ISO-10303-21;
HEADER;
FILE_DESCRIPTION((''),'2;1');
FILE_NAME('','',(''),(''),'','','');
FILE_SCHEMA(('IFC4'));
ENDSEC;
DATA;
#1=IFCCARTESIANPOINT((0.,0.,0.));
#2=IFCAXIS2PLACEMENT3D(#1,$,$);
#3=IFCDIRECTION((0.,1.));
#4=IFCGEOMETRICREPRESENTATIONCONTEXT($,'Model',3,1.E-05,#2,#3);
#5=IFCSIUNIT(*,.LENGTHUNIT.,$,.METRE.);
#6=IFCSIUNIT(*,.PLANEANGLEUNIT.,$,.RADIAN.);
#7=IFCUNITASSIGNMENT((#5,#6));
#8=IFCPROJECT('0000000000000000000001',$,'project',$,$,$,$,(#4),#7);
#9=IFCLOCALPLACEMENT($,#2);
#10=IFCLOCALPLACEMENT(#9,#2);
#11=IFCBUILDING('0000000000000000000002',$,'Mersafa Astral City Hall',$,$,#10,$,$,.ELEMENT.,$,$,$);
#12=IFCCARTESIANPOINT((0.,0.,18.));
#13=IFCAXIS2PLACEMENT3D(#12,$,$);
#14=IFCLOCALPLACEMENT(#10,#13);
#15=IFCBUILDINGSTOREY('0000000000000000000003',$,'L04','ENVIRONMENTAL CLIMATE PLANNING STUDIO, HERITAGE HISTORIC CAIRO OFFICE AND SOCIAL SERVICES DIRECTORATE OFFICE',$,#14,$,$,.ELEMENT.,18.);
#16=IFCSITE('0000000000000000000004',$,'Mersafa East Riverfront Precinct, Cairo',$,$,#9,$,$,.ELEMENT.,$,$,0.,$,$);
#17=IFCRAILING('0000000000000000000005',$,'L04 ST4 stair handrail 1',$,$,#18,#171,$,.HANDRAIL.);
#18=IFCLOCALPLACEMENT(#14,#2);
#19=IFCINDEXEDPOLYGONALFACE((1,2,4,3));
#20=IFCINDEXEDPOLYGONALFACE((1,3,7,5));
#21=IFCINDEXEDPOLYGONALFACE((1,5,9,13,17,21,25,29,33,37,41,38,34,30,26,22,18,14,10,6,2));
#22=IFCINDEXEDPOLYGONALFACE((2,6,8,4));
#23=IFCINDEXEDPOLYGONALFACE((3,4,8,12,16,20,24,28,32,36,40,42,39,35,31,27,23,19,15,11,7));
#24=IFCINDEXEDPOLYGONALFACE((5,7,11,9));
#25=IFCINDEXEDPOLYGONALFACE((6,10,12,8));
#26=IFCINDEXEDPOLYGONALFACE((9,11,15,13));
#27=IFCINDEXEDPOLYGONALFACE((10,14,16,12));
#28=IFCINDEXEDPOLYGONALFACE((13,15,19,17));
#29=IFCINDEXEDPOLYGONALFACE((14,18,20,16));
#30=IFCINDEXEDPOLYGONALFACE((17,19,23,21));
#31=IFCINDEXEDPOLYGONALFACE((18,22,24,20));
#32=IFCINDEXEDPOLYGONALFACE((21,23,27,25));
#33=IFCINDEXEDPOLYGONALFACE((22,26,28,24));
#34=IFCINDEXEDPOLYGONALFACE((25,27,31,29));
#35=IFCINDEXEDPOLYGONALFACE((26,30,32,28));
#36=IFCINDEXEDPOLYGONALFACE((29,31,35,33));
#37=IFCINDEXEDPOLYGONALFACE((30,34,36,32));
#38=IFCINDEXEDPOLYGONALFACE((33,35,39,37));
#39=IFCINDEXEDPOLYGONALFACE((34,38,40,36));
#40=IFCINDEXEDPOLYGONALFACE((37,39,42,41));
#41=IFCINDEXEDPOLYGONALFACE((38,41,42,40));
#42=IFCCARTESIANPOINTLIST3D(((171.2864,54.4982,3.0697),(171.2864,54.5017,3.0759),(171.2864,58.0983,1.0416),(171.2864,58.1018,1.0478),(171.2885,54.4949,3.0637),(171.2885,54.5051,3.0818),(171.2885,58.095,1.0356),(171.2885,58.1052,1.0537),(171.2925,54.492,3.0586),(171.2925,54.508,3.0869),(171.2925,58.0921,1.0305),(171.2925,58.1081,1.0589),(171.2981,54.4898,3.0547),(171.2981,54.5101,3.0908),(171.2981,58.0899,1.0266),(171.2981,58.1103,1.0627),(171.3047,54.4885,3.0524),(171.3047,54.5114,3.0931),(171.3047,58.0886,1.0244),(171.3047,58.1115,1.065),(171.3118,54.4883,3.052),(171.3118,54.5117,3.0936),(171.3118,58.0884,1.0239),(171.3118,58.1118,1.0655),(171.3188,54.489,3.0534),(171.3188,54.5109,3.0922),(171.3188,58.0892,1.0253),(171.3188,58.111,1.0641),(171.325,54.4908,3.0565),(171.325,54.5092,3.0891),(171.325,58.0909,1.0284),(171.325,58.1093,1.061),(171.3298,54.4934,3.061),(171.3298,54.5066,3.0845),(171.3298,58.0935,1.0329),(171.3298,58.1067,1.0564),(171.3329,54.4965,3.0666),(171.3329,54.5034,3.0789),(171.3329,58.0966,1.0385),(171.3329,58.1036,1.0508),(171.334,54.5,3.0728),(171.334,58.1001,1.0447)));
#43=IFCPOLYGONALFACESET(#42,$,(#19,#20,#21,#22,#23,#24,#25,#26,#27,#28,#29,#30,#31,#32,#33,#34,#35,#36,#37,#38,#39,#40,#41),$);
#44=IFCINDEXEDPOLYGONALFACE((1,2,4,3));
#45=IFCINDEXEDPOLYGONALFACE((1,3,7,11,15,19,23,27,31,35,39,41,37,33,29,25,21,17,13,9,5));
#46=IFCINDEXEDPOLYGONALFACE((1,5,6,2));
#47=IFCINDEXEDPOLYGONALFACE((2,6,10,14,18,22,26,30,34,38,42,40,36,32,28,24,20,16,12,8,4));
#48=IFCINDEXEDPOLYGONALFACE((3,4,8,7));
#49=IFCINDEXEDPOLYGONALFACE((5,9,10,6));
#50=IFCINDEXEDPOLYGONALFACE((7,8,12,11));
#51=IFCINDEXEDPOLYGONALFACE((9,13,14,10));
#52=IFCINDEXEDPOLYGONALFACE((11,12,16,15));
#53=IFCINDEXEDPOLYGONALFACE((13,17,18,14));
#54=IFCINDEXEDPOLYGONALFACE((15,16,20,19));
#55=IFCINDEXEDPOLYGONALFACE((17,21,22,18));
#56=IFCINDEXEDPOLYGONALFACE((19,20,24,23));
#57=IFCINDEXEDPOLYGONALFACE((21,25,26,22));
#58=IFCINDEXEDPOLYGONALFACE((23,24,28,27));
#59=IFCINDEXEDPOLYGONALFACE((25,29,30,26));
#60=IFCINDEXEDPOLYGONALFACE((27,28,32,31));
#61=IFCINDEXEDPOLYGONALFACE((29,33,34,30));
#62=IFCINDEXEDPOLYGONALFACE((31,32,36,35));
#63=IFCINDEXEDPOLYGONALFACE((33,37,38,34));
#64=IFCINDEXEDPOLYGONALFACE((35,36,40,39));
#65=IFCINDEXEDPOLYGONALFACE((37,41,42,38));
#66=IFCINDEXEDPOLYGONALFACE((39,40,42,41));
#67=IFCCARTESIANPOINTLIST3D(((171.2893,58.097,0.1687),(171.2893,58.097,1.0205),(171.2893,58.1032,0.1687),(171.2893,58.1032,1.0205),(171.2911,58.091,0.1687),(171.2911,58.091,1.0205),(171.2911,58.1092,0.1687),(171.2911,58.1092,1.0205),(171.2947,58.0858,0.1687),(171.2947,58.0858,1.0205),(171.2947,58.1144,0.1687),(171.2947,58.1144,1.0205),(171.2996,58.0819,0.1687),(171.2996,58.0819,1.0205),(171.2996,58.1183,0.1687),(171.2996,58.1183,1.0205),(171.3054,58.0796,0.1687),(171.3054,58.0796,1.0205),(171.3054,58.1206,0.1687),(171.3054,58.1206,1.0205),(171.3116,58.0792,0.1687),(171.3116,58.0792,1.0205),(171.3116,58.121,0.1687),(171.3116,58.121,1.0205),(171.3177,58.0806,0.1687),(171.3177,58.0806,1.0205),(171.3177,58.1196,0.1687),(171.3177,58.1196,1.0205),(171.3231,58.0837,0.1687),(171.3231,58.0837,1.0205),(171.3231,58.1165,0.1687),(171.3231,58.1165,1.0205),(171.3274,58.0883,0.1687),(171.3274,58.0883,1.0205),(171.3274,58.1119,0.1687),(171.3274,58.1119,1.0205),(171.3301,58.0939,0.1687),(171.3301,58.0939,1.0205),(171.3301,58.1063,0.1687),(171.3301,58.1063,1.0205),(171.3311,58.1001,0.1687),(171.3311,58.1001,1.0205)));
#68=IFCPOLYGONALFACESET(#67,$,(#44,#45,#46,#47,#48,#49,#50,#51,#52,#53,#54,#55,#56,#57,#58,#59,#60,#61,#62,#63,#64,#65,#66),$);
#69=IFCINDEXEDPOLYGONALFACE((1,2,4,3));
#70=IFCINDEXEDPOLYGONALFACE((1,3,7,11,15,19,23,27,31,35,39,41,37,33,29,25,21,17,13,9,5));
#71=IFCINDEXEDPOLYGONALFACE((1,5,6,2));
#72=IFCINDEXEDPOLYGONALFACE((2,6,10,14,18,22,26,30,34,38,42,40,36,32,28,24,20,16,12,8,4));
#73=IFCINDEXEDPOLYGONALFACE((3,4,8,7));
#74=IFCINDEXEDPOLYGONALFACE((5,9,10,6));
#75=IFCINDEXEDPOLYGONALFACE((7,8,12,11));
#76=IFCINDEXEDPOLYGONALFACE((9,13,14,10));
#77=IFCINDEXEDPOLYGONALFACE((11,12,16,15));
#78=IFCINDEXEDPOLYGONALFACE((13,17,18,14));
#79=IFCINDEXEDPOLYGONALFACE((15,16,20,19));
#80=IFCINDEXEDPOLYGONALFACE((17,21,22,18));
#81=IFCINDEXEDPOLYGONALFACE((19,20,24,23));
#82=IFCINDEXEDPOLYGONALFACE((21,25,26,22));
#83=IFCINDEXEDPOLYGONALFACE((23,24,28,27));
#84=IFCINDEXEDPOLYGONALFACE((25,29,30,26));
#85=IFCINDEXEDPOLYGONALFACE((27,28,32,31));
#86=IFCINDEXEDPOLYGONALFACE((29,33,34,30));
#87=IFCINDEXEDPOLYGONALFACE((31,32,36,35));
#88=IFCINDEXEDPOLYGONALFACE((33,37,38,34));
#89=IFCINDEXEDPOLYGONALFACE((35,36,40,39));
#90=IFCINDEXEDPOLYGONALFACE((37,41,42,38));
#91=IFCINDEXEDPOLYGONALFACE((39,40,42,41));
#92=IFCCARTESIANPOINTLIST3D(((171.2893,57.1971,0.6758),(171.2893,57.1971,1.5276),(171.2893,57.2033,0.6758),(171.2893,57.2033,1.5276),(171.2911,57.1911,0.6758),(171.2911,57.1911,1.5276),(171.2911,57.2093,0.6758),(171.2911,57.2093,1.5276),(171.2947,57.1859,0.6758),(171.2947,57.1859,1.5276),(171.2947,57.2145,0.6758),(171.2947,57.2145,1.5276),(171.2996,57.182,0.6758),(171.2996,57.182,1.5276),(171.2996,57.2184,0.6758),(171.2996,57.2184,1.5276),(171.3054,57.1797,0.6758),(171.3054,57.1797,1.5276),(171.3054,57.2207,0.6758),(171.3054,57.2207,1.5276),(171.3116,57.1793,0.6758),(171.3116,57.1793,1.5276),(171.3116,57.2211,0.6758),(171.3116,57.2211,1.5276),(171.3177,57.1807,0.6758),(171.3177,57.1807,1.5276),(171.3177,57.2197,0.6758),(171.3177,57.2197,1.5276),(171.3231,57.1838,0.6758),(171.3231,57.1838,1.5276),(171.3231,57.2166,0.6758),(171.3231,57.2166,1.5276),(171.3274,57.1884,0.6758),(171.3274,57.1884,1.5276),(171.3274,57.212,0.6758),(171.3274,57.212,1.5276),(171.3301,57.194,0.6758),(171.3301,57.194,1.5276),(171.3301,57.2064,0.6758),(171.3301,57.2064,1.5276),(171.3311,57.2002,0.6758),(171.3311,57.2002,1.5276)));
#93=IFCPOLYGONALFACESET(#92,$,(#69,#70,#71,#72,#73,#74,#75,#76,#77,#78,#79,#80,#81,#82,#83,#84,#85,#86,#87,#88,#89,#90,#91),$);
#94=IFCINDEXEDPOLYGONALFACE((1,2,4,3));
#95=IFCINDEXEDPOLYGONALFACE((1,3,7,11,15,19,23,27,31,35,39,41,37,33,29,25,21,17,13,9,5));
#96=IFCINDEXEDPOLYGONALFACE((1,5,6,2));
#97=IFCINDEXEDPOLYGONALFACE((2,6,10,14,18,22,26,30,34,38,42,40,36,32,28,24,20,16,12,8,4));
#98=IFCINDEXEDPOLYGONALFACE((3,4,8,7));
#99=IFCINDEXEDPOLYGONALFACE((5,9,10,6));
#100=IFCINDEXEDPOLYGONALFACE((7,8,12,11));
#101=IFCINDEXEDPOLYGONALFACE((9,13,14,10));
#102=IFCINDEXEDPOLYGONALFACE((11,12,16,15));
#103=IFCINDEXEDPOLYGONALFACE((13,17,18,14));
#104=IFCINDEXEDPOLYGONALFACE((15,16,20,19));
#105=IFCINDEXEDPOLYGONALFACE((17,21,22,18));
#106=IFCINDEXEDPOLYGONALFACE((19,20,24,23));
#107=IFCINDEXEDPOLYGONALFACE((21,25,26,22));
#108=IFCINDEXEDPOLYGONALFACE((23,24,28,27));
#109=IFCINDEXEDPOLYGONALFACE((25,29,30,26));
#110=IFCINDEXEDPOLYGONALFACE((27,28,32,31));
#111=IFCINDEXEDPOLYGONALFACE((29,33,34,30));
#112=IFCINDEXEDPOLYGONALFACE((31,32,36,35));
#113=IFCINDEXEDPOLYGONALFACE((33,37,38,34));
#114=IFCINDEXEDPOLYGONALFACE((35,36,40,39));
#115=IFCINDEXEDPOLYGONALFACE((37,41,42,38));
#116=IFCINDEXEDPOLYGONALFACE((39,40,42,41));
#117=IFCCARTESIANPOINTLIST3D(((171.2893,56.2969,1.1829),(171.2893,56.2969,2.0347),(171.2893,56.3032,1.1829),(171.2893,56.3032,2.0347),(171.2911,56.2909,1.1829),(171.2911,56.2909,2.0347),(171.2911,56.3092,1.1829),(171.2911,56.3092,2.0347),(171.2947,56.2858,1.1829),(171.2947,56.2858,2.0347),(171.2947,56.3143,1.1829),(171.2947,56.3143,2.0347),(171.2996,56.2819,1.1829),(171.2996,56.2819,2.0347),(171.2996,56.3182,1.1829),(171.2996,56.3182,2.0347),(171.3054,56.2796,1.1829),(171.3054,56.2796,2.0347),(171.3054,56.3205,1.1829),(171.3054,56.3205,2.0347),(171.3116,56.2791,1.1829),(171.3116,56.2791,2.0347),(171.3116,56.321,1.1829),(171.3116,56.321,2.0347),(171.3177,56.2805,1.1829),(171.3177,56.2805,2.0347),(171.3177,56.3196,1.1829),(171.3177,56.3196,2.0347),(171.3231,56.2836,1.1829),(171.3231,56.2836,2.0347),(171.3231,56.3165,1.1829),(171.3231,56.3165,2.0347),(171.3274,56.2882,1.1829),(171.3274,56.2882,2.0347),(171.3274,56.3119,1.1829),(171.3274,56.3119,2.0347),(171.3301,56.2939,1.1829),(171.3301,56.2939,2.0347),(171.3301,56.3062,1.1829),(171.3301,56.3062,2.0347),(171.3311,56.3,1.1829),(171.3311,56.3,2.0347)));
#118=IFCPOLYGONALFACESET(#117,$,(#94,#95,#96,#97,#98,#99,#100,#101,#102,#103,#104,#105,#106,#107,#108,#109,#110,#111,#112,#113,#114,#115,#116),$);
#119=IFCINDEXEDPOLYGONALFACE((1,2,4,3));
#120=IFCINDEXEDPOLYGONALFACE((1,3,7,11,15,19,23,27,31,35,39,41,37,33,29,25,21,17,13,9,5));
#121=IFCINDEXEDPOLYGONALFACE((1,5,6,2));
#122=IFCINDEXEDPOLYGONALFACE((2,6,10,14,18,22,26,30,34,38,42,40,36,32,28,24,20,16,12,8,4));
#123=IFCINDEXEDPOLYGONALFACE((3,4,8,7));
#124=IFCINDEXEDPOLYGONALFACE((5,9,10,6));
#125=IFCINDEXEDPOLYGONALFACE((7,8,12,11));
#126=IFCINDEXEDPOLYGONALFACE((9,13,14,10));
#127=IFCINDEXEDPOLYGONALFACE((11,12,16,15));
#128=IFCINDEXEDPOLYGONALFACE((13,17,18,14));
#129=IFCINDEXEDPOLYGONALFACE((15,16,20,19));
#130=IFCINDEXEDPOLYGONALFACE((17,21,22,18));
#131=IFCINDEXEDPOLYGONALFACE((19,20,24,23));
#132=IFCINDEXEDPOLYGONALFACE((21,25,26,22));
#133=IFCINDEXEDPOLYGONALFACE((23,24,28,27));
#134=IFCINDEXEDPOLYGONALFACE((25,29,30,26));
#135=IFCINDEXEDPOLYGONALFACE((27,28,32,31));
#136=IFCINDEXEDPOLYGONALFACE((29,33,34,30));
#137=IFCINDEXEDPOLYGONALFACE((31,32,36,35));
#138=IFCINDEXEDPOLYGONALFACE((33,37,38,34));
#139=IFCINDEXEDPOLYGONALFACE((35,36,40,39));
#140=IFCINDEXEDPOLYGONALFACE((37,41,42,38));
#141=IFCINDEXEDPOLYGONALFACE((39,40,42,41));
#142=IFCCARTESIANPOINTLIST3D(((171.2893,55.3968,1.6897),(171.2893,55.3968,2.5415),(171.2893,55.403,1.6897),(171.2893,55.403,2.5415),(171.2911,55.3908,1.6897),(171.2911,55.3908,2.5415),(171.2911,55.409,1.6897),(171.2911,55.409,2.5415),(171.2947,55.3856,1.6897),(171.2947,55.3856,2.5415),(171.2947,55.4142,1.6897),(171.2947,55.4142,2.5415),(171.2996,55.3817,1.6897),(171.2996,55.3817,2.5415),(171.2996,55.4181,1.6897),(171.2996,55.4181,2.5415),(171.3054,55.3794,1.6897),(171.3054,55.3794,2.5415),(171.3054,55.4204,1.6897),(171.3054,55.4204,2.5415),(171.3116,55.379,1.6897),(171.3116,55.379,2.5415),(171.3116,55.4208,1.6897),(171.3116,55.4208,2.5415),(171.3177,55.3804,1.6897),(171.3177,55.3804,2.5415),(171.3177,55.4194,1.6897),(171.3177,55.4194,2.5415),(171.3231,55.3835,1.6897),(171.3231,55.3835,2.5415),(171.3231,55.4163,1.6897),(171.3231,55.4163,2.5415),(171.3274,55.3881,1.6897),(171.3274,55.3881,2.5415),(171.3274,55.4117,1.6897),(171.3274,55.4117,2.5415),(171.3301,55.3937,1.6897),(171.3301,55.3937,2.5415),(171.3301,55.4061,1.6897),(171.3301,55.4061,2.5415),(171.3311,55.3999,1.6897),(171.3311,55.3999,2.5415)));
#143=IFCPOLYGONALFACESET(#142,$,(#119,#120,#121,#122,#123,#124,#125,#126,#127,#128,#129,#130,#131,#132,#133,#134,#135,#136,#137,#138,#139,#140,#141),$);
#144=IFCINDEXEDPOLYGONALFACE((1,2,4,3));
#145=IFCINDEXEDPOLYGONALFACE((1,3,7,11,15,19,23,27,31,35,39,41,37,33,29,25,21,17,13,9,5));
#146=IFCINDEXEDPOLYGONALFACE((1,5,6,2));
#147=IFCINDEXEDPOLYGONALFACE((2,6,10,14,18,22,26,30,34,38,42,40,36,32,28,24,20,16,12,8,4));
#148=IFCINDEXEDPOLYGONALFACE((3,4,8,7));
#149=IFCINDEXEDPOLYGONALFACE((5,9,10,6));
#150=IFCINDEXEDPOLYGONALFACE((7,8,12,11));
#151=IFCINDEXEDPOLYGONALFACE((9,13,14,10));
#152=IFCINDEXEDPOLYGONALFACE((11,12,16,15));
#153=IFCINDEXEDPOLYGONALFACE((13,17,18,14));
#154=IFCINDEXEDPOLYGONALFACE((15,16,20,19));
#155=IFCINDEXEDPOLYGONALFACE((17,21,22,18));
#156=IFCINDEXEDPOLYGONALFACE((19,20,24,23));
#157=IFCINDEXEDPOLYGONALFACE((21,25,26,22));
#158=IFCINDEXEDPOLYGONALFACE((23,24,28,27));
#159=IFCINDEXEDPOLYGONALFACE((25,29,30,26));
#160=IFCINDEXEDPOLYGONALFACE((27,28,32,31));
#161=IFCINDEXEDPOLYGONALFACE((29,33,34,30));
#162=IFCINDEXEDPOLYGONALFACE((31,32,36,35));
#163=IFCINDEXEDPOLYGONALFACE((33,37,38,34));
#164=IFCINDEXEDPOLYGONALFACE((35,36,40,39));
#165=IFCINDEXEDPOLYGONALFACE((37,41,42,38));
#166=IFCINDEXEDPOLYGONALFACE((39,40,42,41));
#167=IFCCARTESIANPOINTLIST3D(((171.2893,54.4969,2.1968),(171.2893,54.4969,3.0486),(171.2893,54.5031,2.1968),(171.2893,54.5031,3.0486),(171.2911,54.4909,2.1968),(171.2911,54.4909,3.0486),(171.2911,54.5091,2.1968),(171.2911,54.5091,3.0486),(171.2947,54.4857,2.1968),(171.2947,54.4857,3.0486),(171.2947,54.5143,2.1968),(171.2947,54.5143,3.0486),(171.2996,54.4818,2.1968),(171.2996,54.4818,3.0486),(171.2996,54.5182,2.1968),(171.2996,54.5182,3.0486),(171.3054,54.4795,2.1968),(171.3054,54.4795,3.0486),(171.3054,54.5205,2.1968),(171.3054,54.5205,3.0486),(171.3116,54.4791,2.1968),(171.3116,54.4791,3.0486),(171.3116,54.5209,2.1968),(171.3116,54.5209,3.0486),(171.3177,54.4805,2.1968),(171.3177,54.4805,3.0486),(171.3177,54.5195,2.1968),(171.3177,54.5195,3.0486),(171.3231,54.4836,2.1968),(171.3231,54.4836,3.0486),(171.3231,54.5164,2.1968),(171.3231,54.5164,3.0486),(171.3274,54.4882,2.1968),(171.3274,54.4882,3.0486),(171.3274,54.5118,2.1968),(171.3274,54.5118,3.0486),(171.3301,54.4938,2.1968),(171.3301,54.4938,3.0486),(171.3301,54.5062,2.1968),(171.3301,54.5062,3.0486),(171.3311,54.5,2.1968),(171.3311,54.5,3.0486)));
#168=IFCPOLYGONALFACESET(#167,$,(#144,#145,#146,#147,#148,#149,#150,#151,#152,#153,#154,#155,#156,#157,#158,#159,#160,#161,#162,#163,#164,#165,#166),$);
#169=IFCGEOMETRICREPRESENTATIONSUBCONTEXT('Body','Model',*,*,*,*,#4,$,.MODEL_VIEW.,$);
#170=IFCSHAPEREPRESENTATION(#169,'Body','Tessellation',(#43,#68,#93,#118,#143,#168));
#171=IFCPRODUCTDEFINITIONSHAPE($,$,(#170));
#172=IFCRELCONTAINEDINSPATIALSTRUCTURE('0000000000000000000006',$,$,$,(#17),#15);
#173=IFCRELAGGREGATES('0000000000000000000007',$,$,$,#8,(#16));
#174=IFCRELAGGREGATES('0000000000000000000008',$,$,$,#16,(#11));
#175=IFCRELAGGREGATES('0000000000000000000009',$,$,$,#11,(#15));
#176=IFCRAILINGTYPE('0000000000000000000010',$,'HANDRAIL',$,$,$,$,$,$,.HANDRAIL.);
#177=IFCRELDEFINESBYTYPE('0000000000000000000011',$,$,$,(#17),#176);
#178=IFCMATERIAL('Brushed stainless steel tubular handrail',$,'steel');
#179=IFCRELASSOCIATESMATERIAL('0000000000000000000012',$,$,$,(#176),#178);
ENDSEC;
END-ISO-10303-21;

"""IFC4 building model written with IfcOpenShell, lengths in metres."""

from ifc_helpers import new_model, si_unit, direction, frame, origin, origin_2d, place, context, subcontext, project, spatial, circle, extrude, material, type_object, element, save


model = new_model("IFC4")

# Units and contexts
model_context = context("Model", 3, precision=1e-05, world=origin(), true_north=direction((0.0, 1.0)))
body_context = subcontext(model_context, "Body", "Model", "MODEL_VIEW")
ifc_project = project(units=[si_unit("LENGTHUNIT", "METRE"), si_unit("PLANEANGLEUNIT", "RADIAN")], contexts=[model_context])

# Site, building, storey
site_placement = place(None, origin())
site = spatial("IfcSite", under=ifc_project, at=site_placement, Name="Mersafa East Riverfront Precinct, Cairo", CompositionType="ELEMENT", RefElevation=0.0)
building_placement = place(site_placement, origin())
building = spatial("IfcBuilding", under=site, at=building_placement, Name="Mersafa Astral City Hall", CompositionType="ELEMENT")
storey_placement = place(building_placement, frame((0.0, 0.0, 18.0)))
storey = spatial("IfcBuildingStorey", under=building, at=storey_placement, Name="L04", Description="ENVIRONMENTAL CLIMATE PLANNING STUDIO, HERITAGE HISTORIC CAIRO OFFICE AND SOCIAL SERVICES DIRECTORATE OFFICE", CompositionType="ELEMENT", Elevation=18.0)

# Railing
ifc_material_1 = material(Name="Brushed stainless steel tubular handrail", Category="steel")
railing_type_1 = type_object("IfcRailingType", Name="HANDRAIL", PredefinedType="HANDRAIL", material=ifc_material_1)
railing_1_placement = place(storey_placement, frame((171.3101, 58.1001, 0.1687)))
element("IfcRailing", 1, at=railing_1_placement, inside=storey, type_object=railing_type_1, Name="L04 ST4 stair handrail 1", PredefinedType="HANDRAIL", context=body_context, shape_type="SweptSolid", body=[
    extrude(circle(Radius=0.0239, at=origin_2d()), frame((0.0, 0.0, 0.876), z_axis=(0.0, -0.871263, 0.490817), x_axis=(1.0, 0.0, 0.0)), (0.0, 0.0, 1.0), 4.1321),
    extrude(circle(Radius=0.021, at=origin_2d()), origin(), (0.0, 0.0, 1.0), 0.8518),
    extrude(circle(Radius=0.021, at=origin_2d()), frame((0.0, -0.8999, 0.5071)), (0.0, 0.0, 1.0), 0.8518),
    extrude(circle(Radius=0.021, at=origin_2d()), frame((0.0, -1.8, 1.0142)), (0.0, 0.0, 1.0), 0.8518),
    extrude(circle(Radius=0.021, at=origin_2d()), frame((0.0, -2.7002, 1.521)), (0.0, 0.0, 1.0), 0.8518),
    extrude(circle(Radius=0.021, at=origin_2d()), frame((0.0, -3.6001, 2.0281)), (0.0, 0.0, 1.0), 0.8518),
])

save(model, "model.ifc")
